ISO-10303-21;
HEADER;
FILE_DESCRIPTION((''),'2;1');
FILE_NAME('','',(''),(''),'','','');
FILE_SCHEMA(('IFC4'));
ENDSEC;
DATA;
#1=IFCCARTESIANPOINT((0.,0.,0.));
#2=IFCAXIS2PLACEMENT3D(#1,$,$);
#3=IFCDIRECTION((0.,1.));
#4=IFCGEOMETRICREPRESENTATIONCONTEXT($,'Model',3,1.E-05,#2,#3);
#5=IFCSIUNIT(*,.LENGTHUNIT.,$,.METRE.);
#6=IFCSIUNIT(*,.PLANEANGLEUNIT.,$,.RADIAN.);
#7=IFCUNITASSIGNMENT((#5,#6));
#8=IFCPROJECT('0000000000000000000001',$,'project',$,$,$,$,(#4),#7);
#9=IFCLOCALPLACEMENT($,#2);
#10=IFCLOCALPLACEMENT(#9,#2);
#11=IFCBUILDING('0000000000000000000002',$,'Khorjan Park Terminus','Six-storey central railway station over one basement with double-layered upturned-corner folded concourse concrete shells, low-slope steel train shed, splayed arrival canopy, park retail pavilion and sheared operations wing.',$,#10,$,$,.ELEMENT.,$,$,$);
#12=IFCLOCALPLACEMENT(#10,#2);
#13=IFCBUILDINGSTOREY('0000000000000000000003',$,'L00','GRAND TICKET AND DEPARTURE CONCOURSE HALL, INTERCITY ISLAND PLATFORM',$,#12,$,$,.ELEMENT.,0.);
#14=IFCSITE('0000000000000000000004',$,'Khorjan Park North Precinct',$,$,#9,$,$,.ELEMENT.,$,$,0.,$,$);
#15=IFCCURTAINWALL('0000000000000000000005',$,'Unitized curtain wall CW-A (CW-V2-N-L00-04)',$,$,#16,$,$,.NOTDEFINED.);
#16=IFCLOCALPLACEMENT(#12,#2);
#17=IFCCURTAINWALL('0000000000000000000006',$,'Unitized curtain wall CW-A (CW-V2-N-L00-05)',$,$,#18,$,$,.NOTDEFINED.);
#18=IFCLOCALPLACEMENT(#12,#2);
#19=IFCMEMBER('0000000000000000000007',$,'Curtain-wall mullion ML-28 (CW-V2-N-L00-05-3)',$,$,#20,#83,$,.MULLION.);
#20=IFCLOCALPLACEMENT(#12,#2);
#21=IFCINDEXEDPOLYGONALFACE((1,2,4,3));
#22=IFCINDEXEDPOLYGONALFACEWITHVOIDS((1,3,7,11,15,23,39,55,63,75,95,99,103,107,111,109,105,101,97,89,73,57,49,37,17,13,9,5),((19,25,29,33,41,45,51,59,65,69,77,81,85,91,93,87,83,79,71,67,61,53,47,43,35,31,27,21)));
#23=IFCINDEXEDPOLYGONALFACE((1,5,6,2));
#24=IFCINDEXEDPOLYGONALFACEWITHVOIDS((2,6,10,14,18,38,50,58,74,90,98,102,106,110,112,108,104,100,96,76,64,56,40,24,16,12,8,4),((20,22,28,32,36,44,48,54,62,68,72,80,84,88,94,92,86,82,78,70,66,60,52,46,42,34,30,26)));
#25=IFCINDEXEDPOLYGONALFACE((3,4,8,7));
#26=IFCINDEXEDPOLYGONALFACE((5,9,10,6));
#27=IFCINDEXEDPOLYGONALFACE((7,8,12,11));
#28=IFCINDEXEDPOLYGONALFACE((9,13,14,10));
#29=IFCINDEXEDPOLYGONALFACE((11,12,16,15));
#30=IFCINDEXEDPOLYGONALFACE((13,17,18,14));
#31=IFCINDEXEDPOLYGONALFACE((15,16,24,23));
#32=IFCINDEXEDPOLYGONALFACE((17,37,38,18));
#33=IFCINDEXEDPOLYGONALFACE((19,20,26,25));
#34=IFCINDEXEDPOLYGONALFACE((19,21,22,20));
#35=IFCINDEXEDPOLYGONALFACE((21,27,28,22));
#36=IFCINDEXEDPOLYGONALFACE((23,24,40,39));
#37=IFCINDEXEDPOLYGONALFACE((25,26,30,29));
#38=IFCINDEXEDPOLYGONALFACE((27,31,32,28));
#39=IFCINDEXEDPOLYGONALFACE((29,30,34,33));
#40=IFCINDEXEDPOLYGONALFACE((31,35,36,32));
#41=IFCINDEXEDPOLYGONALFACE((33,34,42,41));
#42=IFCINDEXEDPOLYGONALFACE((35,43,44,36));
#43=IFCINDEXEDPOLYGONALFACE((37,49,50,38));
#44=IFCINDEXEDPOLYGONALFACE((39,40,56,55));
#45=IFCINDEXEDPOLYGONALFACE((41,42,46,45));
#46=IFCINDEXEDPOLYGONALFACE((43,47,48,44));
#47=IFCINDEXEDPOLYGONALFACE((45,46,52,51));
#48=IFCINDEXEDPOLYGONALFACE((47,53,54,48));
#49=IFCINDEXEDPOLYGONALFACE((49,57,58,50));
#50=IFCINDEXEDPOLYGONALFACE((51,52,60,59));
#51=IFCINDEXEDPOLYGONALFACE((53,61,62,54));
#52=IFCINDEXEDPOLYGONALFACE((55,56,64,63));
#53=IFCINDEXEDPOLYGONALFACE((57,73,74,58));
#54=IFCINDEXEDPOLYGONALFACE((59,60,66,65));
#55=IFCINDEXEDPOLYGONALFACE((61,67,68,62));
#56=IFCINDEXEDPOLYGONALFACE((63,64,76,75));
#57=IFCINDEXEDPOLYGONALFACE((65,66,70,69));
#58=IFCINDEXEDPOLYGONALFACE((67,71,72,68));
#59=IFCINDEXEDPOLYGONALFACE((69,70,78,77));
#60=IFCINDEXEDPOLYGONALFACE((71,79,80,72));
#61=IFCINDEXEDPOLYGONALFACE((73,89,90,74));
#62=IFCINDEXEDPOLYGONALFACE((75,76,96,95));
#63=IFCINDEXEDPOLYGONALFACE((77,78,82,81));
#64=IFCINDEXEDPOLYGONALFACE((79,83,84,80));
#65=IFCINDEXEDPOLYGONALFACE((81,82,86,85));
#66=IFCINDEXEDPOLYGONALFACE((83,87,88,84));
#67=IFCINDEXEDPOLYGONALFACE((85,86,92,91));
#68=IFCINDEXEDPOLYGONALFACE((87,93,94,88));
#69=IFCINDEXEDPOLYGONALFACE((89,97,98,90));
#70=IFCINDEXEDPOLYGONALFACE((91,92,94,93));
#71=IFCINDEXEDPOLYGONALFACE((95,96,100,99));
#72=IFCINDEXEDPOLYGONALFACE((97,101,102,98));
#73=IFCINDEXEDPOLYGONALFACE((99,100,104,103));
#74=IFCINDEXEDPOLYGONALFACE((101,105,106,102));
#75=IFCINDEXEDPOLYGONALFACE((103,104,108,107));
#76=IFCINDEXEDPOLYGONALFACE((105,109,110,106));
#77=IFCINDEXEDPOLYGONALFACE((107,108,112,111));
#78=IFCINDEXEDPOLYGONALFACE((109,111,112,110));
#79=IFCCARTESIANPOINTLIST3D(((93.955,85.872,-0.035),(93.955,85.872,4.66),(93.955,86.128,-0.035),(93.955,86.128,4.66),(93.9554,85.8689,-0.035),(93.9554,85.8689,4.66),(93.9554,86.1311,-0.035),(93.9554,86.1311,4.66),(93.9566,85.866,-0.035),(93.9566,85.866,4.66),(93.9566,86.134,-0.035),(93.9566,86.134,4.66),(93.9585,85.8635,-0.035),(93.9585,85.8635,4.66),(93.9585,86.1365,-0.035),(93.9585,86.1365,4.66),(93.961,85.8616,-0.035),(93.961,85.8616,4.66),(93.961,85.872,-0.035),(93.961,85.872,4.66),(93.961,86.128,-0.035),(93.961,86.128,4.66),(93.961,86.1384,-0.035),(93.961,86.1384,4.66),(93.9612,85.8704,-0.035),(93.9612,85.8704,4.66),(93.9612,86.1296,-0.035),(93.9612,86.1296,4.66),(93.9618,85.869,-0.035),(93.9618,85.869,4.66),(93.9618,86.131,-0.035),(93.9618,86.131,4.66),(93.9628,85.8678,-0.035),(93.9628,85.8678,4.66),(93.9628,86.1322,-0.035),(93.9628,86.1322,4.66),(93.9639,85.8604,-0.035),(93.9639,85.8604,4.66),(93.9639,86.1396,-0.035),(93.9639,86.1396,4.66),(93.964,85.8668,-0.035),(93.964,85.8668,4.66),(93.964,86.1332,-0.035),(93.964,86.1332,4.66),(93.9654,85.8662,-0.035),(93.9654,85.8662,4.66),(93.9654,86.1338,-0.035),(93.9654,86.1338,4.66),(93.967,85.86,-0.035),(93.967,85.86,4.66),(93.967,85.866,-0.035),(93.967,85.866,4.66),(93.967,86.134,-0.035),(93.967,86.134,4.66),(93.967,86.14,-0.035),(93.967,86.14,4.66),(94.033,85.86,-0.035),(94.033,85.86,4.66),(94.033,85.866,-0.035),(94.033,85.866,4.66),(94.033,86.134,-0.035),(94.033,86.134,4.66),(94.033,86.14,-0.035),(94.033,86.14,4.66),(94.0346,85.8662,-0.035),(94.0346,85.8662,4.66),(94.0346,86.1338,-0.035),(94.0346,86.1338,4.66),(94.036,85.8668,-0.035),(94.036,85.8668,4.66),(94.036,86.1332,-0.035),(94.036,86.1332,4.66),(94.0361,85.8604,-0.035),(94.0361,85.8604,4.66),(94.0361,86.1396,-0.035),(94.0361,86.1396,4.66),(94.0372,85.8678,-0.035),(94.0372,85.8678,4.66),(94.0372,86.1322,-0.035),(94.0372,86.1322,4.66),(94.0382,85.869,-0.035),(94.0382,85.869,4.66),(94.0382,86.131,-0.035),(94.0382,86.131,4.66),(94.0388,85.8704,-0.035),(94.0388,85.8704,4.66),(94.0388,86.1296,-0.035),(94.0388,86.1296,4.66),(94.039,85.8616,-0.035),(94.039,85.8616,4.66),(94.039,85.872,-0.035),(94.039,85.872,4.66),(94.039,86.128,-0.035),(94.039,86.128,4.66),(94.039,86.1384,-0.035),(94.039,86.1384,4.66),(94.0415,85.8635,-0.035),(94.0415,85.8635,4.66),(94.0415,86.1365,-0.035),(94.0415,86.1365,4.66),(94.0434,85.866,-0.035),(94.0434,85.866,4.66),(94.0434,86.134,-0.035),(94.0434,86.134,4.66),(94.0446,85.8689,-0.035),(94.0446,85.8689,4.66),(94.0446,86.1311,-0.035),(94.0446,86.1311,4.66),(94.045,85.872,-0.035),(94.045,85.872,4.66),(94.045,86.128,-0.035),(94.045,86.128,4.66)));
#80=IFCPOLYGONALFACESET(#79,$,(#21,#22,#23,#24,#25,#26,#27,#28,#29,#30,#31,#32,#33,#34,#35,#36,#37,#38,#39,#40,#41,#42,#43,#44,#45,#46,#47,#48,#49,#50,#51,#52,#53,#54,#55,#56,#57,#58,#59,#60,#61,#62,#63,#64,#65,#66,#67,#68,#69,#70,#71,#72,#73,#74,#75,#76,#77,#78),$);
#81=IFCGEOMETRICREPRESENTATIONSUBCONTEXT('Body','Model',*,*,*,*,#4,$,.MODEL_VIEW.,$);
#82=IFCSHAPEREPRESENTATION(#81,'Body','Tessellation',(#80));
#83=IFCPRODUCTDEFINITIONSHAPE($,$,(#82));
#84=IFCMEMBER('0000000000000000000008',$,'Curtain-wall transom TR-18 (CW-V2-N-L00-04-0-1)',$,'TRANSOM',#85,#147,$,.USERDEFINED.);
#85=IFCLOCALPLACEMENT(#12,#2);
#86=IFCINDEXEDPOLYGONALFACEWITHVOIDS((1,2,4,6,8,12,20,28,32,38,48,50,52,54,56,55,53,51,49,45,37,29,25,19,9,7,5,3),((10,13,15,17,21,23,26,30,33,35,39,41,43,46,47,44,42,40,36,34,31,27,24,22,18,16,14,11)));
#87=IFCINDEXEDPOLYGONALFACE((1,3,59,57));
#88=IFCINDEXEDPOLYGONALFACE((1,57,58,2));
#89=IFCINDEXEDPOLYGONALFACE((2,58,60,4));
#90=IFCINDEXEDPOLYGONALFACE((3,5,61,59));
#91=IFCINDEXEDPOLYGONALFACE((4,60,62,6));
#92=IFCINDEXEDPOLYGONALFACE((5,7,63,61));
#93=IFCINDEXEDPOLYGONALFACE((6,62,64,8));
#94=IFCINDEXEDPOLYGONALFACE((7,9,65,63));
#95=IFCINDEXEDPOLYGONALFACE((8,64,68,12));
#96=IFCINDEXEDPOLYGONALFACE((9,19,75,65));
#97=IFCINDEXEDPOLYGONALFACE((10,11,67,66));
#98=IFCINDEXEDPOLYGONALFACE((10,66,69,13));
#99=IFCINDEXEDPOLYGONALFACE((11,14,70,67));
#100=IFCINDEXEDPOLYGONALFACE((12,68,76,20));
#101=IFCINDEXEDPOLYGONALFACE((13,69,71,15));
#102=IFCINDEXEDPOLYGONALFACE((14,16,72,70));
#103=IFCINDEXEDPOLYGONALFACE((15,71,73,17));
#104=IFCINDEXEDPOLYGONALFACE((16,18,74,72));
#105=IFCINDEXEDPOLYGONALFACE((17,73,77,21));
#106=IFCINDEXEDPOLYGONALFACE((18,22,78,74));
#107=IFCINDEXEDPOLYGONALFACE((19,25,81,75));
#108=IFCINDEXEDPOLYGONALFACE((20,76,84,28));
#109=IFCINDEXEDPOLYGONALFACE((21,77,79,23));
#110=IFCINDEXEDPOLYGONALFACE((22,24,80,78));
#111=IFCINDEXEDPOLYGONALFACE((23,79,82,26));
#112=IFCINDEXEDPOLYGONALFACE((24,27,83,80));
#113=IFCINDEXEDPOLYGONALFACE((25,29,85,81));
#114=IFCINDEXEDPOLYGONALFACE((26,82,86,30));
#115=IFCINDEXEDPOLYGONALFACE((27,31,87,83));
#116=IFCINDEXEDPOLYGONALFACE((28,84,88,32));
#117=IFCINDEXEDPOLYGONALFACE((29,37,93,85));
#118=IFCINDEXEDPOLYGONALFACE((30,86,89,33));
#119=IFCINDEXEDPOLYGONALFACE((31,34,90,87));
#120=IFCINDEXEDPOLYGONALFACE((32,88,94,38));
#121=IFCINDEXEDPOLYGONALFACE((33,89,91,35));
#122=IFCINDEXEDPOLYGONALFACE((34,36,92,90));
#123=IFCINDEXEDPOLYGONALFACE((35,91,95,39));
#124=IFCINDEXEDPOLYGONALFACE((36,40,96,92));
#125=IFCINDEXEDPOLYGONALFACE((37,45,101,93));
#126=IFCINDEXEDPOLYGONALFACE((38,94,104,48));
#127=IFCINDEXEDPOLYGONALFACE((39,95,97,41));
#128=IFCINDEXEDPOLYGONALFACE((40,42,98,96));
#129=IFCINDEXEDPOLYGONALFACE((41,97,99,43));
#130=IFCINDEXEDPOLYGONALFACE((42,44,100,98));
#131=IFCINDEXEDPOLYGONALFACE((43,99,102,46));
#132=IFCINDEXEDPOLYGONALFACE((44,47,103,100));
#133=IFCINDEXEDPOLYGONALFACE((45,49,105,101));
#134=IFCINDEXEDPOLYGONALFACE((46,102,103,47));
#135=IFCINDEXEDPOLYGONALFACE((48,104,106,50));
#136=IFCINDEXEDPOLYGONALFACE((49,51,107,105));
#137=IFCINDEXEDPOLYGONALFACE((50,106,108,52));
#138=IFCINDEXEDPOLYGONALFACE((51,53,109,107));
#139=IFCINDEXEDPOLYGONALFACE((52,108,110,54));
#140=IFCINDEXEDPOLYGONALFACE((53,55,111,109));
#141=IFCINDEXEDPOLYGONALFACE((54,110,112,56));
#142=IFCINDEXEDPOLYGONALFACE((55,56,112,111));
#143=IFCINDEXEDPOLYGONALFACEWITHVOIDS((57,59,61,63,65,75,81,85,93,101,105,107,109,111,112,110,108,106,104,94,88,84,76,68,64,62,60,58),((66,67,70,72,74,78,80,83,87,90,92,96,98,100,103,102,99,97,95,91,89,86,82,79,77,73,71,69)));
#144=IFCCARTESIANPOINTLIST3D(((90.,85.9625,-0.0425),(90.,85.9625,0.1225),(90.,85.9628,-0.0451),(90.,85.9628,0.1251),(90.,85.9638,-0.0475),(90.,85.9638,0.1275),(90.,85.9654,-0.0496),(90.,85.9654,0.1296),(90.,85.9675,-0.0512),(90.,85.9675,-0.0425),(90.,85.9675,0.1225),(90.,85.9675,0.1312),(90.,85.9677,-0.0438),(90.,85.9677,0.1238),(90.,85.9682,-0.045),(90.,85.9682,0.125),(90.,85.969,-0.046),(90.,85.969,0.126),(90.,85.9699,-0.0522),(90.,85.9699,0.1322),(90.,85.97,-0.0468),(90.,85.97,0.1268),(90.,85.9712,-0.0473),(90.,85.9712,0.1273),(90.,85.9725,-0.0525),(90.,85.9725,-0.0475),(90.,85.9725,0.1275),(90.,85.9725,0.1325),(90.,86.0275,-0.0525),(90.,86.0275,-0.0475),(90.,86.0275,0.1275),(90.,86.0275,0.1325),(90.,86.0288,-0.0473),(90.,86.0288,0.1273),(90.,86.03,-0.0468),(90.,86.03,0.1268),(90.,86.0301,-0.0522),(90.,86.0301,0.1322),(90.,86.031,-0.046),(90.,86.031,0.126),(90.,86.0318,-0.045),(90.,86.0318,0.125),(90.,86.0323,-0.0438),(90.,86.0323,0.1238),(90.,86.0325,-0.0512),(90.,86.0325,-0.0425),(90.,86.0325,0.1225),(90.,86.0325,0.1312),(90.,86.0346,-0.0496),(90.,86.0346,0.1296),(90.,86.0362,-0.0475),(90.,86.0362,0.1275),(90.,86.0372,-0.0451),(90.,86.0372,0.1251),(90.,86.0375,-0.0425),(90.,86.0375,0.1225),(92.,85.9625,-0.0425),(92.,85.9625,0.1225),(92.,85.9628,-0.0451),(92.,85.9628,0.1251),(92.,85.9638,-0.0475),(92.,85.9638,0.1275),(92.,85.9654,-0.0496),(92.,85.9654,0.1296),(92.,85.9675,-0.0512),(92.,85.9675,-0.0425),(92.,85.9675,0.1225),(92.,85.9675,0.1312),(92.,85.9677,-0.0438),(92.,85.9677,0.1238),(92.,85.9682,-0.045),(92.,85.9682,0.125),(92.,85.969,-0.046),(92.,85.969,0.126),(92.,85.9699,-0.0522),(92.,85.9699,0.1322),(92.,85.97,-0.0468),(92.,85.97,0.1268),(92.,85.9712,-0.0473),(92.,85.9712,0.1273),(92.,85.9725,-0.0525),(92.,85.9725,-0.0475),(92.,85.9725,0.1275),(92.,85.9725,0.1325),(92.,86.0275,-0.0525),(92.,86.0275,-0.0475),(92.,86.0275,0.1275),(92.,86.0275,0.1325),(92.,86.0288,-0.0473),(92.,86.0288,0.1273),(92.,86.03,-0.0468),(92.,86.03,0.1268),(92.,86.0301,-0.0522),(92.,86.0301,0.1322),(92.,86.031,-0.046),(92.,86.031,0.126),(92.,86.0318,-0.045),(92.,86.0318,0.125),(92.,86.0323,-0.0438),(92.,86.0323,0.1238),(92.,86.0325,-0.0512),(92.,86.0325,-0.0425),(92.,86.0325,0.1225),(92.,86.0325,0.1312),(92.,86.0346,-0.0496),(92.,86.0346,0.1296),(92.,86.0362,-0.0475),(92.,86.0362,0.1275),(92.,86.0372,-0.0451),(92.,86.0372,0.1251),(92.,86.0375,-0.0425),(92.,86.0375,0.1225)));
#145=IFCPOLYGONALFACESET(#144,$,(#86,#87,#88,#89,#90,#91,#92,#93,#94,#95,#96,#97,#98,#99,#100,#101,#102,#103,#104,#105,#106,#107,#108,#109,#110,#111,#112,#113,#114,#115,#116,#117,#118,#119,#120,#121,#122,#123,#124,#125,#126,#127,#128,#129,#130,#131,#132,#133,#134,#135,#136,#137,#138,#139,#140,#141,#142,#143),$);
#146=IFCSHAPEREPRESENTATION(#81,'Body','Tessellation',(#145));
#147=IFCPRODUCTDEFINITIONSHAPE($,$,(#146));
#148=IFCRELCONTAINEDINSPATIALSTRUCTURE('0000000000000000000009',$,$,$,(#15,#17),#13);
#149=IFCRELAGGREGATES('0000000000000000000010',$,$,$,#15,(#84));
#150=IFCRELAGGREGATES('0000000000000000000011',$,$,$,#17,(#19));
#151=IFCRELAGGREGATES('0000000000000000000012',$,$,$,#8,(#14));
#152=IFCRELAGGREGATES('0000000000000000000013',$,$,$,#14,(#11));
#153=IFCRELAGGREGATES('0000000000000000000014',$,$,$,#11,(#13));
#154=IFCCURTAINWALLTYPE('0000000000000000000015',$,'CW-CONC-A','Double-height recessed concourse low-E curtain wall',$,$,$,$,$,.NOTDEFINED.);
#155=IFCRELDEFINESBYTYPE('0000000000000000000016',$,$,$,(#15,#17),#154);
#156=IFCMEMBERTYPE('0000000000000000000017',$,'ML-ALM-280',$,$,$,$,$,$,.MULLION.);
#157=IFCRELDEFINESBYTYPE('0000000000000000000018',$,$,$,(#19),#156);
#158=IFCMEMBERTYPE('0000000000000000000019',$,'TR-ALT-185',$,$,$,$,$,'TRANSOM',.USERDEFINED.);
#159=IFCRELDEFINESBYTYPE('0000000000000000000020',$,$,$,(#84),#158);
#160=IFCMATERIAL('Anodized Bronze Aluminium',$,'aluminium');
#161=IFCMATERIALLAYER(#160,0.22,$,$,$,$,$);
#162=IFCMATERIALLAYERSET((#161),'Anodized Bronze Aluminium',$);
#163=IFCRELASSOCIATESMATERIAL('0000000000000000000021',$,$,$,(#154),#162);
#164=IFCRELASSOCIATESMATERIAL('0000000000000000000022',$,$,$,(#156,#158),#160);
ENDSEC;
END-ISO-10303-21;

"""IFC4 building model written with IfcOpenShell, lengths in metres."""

from ifc_helpers import new_model, si_unit, direction, frame, origin, origin_2d, place, context, subcontext, project, spatial, hollow_rectangle, extrude, material, layer, layer_set, material_profile, profile_set, type_object, element, aggregate, save


model = new_model("IFC4")

# Units and contexts
model_context = context("Model", 3, precision=1e-05, world=origin(), true_north=direction((0.0, 1.0)))
body_context = subcontext(model_context, "Body", "Model", "MODEL_VIEW")
ifc_project = project(units=[si_unit("LENGTHUNIT", "METRE"), si_unit("PLANEANGLEUNIT", "RADIAN")], contexts=[model_context])

# Site, building, storey
site_placement = place(None, origin())
site = spatial("IfcSite", under=ifc_project, at=site_placement, Name="Khorjan Park North Precinct", CompositionType="ELEMENT", RefElevation=0.0)
building_placement = place(site_placement, origin())
building = spatial("IfcBuilding", under=site, at=building_placement, Name="Khorjan Park Terminus", Description="Six-storey central railway station over one basement with double-layered upturned-corner folded concourse concrete shells, low-slope steel train shed, splayed arrival canopy, park retail pavilion and sheared operations wing.", CompositionType="ELEMENT")
storey_placement = place(building_placement, origin())
storey = spatial("IfcBuildingStorey", under=building, at=storey_placement, Name="L00", Description="GRAND TICKET AND DEPARTURE CONCOURSE HALL, INTERCITY ISLAND PLATFORM", CompositionType="ELEMENT", Elevation=0.0)

# Curtain wall
ifc_material_1 = material(Name="Anodized Bronze Aluminium", Category="aluminium")
ifc_layer_1 = layer(ifc_material_1, 0.22)
ifc_layer_set_1 = layer_set([ifc_layer_1], Name="Anodized Bronze Aluminium")
curtain_wall_type = type_object("IfcCurtainWallType", Name="CW-CONC-A", Description="Double-height recessed concourse low-E curtain wall", PredefinedType="NOTDEFINED", material=ifc_layer_set_1)
curtain_wall_1_placement = place(storey_placement, origin())
curtain_wall_1 = element("IfcCurtainWall", 1, at=curtain_wall_1_placement, inside=storey, type_object=curtain_wall_type, Name="Unitized curtain wall CW-A (CW-V2-N-L00-04)", PredefinedType="NOTDEFINED")
ifc_material_profile_1 = material_profile(ifc_material_1, hollow_rectangle(XDim=0.09, YDim=0.28, WallThickness=0.006, InnerFilletRadius=0.006, OuterFilletRadius=0.012, at=origin_2d()), Name="ALM 90x280x6")
ifc_profile_set_1 = profile_set([ifc_material_profile_1], Name="Anodized Bronze Aluminium")
member_type_1 = type_object("IfcMemberType", Name="ML-ALM-280", PredefinedType="MULLION", material=ifc_profile_set_1)

# Curtain wall, member
curtain_wall_2_placement = place(storey_placement, origin())
curtain_wall_2 = element("IfcCurtainWall", 2, at=curtain_wall_2_placement, inside=storey, type_object=curtain_wall_type, Name="Unitized curtain wall CW-A (CW-V2-N-L00-05)", PredefinedType="NOTDEFINED")
member_1_placement = place(storey_placement, frame((94.0, 86.0, -0.035), z_axis=(0.0, 0.0, 1.0), x_axis=(-1.0, 0.0, 0.0)))
member_1 = element("IfcMember", 3, at=member_1_placement, type_object=member_type_1, Name="Curtain-wall mullion ML-28 (CW-V2-N-L00-05-3)", PredefinedType="MULLION", context=body_context, shape_type="SweptSolid", body=[
    extrude(hollow_rectangle(XDim=0.09, YDim=0.28, WallThickness=0.006, InnerFilletRadius=0.006, OuterFilletRadius=0.012, at=origin_2d()), origin(), (0.0, 0.0, 1.0), 4.695),
])

# Member
ifc_material_profile_2 = material_profile(ifc_material_1, hollow_rectangle(XDim=0.075, YDim=0.185, WallThickness=0.005, InnerFilletRadius=0.005, OuterFilletRadius=0.01, at=origin_2d()), Name="ALT 75x185x5")
ifc_profile_set_2 = profile_set([ifc_material_profile_2], Name="Anodized Bronze Aluminium")
member_type_2 = type_object("IfcMemberType", Name="TR-ALT-185", ElementType="TRANSOM", PredefinedType="USERDEFINED", material=ifc_profile_set_2)
member_2_placement = place(storey_placement, frame((92.0, 86.0, 0.04), z_axis=(-1.0, 0.0, 0.0), x_axis=(0.0, -1.0, 0.0)))
member_2 = element("IfcMember", 4, at=member_2_placement, type_object=member_type_2, Name="Curtain-wall transom TR-18 (CW-V2-N-L00-04-0-1)", ObjectType="TRANSOM", PredefinedType="USERDEFINED", context=body_context, shape_type="SweptSolid", body=[
    extrude(hollow_rectangle(XDim=0.075, YDim=0.185, WallThickness=0.005, InnerFilletRadius=0.005, OuterFilletRadius=0.01, at=origin_2d()), origin(), (0.0, 0.0, 1.0), 2.0),
])

aggregate(curtain_wall_1, [member_2])
aggregate(curtain_wall_2, [member_1])

save(model, "model.ifc")
